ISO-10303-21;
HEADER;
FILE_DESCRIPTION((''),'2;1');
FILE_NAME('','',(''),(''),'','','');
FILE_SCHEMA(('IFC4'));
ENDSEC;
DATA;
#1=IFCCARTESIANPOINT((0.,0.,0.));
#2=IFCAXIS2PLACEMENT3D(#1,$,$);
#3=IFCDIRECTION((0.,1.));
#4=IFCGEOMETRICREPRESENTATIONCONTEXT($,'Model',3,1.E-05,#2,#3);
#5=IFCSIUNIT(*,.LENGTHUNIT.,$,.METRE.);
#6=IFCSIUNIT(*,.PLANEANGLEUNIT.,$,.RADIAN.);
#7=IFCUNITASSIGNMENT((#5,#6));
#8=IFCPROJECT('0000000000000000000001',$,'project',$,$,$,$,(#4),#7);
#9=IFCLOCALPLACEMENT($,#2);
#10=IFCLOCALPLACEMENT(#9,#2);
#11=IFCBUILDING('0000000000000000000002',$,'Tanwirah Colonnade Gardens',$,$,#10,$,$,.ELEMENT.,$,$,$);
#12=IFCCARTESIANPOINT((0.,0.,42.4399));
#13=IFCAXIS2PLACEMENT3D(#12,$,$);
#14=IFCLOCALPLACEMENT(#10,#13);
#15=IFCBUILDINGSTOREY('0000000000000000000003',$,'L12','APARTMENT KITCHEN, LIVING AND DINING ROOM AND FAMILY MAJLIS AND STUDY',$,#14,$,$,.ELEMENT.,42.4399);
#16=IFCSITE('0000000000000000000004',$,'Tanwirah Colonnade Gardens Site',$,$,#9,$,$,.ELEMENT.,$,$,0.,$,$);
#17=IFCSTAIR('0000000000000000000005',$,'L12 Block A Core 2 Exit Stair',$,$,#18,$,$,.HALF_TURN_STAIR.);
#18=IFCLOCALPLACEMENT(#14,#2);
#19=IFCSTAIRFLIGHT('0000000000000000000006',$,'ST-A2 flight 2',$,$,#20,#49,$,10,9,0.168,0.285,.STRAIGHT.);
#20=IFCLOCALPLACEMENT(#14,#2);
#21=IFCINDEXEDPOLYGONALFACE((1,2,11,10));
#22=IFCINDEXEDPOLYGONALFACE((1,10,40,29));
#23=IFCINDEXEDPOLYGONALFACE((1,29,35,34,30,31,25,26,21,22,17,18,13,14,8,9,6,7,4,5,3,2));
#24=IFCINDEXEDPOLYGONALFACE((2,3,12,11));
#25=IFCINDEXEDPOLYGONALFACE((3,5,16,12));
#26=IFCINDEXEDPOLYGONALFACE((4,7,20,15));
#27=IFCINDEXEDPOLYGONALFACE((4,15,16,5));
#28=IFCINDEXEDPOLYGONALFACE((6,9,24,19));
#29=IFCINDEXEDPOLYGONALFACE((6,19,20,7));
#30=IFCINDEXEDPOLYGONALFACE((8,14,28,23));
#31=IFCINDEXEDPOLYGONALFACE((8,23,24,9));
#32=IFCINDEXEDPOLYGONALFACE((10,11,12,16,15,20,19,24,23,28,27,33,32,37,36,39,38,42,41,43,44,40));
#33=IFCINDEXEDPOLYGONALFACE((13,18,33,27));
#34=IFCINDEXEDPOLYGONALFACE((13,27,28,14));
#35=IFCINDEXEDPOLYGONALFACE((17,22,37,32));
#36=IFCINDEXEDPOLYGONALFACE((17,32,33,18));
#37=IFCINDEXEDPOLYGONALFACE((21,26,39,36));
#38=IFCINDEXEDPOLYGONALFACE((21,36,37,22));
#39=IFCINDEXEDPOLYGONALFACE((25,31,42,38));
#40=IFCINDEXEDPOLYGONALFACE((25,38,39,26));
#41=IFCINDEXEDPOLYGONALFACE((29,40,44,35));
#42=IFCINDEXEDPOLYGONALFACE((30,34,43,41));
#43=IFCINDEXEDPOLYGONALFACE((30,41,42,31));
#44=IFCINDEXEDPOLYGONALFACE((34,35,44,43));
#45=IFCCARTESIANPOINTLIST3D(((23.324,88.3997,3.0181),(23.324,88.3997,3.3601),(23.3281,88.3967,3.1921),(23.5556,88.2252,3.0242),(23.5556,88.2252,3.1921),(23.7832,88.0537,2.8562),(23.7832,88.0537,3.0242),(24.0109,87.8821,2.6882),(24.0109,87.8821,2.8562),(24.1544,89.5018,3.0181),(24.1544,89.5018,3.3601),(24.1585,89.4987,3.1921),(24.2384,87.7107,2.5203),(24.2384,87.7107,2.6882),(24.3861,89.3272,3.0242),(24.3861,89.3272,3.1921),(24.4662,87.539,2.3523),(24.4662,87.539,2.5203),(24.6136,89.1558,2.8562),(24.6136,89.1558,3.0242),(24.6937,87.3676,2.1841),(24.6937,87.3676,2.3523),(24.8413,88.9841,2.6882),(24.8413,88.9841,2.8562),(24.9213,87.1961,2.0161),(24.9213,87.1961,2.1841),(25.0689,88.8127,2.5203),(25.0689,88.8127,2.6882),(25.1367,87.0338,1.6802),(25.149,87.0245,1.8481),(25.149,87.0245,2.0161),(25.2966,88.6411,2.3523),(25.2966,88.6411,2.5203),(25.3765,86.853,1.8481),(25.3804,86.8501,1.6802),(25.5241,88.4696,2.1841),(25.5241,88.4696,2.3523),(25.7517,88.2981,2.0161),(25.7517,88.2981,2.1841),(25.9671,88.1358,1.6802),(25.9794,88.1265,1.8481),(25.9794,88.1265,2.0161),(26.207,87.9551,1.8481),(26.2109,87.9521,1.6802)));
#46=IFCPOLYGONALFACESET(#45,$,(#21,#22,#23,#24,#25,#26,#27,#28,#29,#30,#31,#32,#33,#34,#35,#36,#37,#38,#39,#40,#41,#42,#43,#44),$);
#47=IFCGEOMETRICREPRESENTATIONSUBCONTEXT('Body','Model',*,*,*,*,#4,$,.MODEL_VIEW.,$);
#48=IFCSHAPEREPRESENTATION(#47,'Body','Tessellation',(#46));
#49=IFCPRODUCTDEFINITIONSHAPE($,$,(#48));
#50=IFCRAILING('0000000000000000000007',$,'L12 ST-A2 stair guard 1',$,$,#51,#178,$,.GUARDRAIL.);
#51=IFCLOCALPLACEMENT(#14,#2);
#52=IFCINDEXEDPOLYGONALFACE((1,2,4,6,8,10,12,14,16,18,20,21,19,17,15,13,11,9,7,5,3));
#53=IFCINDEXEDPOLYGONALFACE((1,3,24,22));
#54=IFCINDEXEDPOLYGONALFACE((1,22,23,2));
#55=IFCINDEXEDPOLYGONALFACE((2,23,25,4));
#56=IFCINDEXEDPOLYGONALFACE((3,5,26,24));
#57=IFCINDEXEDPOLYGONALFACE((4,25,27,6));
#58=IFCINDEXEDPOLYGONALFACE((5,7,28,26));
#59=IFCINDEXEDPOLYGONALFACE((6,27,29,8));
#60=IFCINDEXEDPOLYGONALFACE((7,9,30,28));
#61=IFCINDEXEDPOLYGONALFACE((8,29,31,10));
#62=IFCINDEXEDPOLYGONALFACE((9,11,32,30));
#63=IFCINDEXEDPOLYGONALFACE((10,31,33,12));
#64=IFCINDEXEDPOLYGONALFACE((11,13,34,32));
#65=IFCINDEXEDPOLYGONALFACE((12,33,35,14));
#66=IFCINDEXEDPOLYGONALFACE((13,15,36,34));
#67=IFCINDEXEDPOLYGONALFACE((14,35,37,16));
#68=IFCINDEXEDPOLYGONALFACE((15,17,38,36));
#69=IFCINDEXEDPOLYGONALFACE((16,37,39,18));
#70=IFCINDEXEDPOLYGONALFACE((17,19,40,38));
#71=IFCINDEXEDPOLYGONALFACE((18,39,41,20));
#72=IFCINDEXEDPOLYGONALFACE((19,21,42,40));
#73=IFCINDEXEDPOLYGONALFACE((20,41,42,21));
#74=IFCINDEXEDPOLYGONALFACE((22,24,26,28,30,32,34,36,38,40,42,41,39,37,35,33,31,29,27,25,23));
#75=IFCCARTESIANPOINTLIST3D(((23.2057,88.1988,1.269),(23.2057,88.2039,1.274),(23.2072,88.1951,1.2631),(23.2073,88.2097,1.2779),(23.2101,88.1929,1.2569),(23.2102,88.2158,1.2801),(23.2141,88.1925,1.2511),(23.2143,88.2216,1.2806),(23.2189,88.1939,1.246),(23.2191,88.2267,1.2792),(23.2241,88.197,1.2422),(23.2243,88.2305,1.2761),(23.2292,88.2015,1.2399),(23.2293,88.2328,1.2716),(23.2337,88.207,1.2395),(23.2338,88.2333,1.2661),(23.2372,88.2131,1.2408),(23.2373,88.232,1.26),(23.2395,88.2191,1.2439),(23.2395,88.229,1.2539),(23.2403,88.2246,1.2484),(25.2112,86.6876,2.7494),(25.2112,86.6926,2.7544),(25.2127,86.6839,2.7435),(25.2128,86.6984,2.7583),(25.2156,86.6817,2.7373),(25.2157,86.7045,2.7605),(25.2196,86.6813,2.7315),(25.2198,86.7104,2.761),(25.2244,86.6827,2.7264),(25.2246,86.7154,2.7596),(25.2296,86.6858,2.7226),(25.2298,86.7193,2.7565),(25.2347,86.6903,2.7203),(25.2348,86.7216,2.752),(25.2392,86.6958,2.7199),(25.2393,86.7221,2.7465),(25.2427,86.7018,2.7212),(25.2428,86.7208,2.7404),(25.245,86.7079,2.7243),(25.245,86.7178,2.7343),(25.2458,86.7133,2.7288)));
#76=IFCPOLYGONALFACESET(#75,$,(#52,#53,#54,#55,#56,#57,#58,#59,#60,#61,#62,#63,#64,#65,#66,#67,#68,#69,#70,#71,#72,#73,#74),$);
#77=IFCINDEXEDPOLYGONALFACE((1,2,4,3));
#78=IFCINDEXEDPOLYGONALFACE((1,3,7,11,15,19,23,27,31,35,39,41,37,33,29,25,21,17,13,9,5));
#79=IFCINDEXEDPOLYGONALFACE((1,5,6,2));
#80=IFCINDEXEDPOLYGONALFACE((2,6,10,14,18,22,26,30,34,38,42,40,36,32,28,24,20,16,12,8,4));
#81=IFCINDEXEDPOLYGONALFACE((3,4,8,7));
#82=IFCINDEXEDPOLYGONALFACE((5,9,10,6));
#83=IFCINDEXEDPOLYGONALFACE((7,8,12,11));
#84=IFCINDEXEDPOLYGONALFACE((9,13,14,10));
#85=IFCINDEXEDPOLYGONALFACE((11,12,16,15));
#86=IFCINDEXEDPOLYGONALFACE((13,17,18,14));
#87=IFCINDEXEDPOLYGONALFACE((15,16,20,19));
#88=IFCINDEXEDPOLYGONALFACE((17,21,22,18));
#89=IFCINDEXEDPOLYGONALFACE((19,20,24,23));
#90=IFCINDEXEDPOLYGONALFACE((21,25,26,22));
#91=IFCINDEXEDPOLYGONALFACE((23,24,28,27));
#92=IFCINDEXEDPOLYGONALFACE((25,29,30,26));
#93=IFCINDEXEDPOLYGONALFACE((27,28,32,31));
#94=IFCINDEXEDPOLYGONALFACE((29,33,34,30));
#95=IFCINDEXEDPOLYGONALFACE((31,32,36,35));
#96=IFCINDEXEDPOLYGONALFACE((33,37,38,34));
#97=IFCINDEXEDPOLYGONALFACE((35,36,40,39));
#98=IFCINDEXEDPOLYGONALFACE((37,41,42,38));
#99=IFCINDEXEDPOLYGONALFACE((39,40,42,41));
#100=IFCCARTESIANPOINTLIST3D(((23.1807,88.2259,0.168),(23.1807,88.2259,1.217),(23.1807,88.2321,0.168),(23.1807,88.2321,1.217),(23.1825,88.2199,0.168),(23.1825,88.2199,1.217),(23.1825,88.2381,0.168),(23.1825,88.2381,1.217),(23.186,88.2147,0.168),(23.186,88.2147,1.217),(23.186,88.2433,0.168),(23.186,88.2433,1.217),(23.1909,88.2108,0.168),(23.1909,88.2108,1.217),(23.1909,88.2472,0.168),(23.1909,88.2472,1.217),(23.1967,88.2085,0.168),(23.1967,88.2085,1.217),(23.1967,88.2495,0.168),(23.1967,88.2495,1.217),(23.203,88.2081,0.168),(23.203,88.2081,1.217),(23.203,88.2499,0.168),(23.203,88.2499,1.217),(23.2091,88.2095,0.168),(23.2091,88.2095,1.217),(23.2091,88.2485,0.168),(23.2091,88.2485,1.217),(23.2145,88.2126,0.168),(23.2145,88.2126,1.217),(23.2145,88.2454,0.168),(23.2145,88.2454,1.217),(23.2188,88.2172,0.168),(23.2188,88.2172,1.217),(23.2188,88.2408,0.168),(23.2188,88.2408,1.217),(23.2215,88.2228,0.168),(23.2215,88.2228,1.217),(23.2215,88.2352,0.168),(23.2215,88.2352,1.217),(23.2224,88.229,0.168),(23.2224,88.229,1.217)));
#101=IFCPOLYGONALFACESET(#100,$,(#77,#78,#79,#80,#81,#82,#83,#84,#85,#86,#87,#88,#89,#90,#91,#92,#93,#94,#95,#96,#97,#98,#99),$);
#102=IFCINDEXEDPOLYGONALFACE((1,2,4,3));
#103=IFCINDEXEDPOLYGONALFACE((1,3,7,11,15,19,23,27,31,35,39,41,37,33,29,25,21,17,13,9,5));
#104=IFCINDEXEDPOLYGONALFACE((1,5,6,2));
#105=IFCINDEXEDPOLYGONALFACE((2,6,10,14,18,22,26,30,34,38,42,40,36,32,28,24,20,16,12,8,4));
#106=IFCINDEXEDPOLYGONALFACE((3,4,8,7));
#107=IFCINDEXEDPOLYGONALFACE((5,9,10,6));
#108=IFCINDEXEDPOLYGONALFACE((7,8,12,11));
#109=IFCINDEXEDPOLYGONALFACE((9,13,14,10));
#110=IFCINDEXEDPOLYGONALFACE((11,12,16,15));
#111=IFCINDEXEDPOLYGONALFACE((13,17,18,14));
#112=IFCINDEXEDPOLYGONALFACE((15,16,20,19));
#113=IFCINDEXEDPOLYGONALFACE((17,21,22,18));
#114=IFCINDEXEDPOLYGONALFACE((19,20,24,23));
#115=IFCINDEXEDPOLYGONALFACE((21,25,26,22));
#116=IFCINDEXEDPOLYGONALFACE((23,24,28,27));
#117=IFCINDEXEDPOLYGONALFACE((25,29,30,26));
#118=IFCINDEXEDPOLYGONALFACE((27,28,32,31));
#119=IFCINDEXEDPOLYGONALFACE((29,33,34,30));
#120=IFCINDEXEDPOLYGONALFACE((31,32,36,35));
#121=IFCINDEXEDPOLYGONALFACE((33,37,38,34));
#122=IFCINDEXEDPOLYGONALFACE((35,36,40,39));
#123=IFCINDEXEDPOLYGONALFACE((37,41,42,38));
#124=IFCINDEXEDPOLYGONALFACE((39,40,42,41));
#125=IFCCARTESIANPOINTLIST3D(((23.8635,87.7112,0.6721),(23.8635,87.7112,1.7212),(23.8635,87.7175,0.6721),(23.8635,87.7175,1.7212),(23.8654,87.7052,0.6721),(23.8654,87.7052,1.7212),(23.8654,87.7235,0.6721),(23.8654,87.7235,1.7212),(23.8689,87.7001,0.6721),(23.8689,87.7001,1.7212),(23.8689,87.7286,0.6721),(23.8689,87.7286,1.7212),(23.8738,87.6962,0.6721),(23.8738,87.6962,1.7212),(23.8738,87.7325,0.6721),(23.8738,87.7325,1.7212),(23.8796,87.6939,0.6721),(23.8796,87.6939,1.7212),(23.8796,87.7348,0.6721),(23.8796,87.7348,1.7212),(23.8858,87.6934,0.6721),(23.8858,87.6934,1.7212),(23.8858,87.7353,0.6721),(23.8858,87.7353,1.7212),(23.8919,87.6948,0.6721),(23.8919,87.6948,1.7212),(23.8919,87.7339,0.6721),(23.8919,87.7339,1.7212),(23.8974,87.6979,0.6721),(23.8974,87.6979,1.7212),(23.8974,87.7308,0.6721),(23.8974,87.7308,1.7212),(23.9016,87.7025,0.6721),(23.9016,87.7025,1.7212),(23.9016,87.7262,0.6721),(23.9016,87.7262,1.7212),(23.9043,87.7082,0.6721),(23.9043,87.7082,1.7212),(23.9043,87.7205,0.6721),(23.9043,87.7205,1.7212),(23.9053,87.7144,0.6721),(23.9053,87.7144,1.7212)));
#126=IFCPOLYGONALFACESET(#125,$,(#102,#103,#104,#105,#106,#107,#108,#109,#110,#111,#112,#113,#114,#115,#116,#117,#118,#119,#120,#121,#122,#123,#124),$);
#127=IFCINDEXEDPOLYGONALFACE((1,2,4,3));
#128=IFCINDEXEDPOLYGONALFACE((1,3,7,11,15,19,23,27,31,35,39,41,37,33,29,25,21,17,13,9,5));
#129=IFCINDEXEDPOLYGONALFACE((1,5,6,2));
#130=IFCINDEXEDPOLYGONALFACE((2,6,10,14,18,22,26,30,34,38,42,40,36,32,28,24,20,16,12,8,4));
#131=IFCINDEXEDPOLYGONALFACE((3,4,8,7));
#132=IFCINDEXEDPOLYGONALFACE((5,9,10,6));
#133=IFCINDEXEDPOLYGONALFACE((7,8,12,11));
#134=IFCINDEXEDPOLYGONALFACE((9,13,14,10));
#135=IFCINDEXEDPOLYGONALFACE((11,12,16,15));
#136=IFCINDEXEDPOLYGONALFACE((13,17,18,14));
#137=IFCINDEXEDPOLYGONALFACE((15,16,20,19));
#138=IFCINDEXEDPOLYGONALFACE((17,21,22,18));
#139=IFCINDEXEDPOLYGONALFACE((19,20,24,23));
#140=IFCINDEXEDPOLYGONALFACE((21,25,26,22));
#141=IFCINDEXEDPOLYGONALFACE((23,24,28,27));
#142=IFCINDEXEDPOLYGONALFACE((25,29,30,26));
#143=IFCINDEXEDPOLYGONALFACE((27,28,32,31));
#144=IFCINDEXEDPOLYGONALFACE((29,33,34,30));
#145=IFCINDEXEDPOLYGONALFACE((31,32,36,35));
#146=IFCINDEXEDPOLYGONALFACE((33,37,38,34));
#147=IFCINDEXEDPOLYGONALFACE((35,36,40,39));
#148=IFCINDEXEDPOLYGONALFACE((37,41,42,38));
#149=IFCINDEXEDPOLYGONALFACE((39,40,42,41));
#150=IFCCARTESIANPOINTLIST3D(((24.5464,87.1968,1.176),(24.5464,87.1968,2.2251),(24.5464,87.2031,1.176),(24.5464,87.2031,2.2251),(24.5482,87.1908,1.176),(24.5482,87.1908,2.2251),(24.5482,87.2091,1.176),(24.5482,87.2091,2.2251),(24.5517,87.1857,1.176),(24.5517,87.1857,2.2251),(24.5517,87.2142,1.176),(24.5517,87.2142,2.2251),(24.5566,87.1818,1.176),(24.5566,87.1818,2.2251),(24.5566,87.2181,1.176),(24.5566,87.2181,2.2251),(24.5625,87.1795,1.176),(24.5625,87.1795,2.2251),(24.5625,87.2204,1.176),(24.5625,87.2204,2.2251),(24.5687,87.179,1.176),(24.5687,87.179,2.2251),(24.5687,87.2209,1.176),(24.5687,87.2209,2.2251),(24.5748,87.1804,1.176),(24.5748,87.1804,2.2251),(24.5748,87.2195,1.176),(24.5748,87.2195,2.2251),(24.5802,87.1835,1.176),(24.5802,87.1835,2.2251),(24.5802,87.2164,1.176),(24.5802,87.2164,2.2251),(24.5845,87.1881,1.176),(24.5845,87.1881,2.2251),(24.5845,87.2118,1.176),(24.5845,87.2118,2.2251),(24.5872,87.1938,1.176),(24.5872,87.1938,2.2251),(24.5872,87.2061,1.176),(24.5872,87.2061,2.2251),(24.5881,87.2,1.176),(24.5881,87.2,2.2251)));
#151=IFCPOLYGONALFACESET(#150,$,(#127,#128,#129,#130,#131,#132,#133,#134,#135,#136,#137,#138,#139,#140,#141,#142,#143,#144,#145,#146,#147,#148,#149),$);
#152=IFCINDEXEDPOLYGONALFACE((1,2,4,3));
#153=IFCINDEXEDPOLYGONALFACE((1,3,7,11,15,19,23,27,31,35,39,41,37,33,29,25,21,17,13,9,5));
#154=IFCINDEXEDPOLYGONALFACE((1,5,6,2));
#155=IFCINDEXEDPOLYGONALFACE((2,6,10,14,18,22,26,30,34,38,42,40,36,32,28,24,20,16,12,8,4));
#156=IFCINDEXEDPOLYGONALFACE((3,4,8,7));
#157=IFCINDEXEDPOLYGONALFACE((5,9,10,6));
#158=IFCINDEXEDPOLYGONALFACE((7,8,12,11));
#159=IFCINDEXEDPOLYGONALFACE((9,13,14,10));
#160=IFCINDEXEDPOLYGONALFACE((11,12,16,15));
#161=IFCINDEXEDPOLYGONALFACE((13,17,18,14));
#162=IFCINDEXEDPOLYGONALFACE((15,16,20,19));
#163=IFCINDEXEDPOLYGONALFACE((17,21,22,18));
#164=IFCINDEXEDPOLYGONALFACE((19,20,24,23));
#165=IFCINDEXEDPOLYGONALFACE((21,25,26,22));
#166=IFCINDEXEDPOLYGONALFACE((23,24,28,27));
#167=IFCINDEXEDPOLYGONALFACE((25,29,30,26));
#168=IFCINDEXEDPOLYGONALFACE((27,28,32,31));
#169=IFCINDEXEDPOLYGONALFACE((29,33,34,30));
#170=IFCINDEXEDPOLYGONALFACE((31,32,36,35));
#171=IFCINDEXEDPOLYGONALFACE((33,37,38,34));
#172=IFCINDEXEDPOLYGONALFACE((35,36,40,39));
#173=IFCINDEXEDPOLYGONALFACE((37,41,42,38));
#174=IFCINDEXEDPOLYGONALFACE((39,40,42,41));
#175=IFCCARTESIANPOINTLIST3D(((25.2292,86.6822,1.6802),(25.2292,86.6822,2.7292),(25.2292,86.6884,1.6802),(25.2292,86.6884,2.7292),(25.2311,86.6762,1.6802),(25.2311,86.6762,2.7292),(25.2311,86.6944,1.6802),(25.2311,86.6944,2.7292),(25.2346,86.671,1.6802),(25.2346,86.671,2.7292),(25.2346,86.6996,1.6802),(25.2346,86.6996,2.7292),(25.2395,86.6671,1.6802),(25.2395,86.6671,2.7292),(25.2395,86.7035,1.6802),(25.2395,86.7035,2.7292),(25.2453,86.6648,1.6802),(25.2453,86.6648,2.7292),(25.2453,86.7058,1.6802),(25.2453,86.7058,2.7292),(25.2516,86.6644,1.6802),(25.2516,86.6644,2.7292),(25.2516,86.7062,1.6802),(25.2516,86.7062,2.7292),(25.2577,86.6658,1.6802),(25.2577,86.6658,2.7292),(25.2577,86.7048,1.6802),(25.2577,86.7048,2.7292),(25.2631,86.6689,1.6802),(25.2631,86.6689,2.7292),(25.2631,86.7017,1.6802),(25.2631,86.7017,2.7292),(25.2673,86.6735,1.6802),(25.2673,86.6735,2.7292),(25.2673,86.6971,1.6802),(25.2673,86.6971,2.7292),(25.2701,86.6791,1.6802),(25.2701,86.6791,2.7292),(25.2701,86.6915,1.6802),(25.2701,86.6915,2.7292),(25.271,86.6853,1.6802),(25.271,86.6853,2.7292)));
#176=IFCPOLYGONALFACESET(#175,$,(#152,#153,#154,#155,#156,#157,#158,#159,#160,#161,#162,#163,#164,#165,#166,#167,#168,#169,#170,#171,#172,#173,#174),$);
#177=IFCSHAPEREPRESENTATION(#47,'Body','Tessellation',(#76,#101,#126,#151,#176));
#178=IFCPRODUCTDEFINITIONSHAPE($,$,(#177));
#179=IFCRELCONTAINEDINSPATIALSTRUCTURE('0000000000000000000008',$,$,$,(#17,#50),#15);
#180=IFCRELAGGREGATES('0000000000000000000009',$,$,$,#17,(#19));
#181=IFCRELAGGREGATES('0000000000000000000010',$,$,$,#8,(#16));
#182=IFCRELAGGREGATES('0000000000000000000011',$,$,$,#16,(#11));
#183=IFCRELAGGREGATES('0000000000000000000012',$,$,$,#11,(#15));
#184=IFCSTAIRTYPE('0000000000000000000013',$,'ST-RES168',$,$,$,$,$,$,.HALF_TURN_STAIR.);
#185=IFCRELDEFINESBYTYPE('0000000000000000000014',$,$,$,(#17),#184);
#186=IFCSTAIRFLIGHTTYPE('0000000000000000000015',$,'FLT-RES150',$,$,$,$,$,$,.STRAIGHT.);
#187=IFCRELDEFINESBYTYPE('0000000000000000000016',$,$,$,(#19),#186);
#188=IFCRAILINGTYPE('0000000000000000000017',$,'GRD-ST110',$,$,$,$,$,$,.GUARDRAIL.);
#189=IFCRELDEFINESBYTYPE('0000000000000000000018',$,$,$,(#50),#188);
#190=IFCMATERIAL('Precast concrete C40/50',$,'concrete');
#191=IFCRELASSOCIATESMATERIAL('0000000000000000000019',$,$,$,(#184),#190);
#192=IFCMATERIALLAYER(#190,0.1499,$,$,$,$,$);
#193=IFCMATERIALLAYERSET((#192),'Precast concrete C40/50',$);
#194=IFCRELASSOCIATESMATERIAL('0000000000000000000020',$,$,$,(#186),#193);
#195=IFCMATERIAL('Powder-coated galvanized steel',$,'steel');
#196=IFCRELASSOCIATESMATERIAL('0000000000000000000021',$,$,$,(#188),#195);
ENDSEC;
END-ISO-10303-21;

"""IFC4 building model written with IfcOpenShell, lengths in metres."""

from ifc_helpers import new_model, si_unit, direction, frame, origin, origin_2d, place, context, subcontext, project, spatial, polyline, circle, outline, extrude, material, layer, layer_set, type_object, element, aggregate, save


model = new_model("IFC4")

# Units and contexts
model_context = context("Model", 3, precision=1e-05, world=origin(), true_north=direction((0.0, 1.0)))
body_context = subcontext(model_context, "Body", "Model", "MODEL_VIEW")
ifc_project = project(units=[si_unit("LENGTHUNIT", "METRE"), si_unit("PLANEANGLEUNIT", "RADIAN")], contexts=[model_context])

# Site, building, storey
site_placement = place(None, origin())
site = spatial("IfcSite", under=ifc_project, at=site_placement, Name="Tanwirah Colonnade Gardens Site", CompositionType="ELEMENT", RefElevation=0.0)
building_placement = place(site_placement, origin())
building = spatial("IfcBuilding", under=site, at=building_placement, Name="Tanwirah Colonnade Gardens", CompositionType="ELEMENT")
storey_placement = place(building_placement, frame((0.0, 0.0, 42.4399)))
storey = spatial("IfcBuildingStorey", under=building, at=storey_placement, Name="L12", Description="APARTMENT KITCHEN, LIVING AND DINING ROOM AND FAMILY MAJLIS AND STUDY", CompositionType="ELEMENT", Elevation=42.4399)

# Shared definitions
ifc_material_1 = material(Name="Precast concrete C40/50", Category="concrete")

# Stair, stair flight
stair_type = type_object("IfcStairType", Name="ST-RES168", PredefinedType="HALF_TURN_STAIR", material=ifc_material_1)
stair_placement = place(storey_placement, origin())
stair = element("IfcStair", 1, at=stair_placement, inside=storey, type_object=stair_type, Name="L12 Block A Core 2 Exit Stair", PredefinedType="HALF_TURN_STAIR")
ifc_layer_1 = layer(ifc_material_1, 0.1499)
ifc_layer_set_1 = layer_set([ifc_layer_1], Name="Precast concrete C40/50")
stair_flight_type = type_object("IfcStairFlightType", Name="FLT-RES150", PredefinedType="STRAIGHT", material=ifc_layer_set_1)
stair_flight_1_placement = place(storey_placement, frame((25.7917, 87.4041, 1.6802), z_axis=(0.0, 0.0, 1.0), x_axis=(-0.798636, 0.601815, 0.0)))
stair_flight_1 = element("IfcStairFlight", 2, at=stair_flight_1_placement, type_object=stair_flight_type, Name="ST-A2 flight 2", NumberOfRisers=10, NumberOfTreads=9, PredefinedType="STRAIGHT", RiserHeight=0.168, TreadLength=0.285, context=body_context, shape_type="SweptSolid", body=[
    extrude(outline(polyline([(-0.0049, 0.0), (0.0, 0.168), (0.2849, 0.168), (0.2849, 0.3359), (0.5701, 0.3359), (0.5701, 0.5039), (0.855, 0.5039), (0.855, 0.6721), (1.1399, 0.6721), (1.1399, 0.8401), (1.425, 0.8401), (1.425, 1.0081), (1.71, 1.0081), (1.71, 1.176), (1.9951, 1.176), (1.9951, 1.344), (2.28, 1.344), (2.28, 1.512), (2.5649, 1.512), (2.5701, 1.6799), (2.5701, 1.3379), (0.3003, 0.0), (-0.0049, 0.0)])), frame((0.0, 0.6899, 0.0), z_axis=(0.0, -1.0, 0.0), x_axis=(1.0, 0.0, 0.0)), (0.0, 0.0, 1.0), 1.3799),
])
aggregate(stair, [stair_flight_1])

# Railing
ifc_material_2 = material(Name="Powder-coated galvanized steel", Category="steel")
railing_type_1 = type_object("IfcRailingType", Name="GRD-ST110", PredefinedType="GUARDRAIL", material=ifc_material_2)
railing_1_placement = place(storey_placement, frame((23.2014, 88.229, 0.168)))
element("IfcRailing", 3, at=railing_1_placement, inside=storey, type_object=railing_type_1, Name="L12 ST-A2 stair guard 1", PredefinedType="GUARDRAIL", context=body_context, shape_type="SweptSolid", body=[
    extrude(circle(Radius=0.0239, at=origin_2d()), frame((0.0215, -0.0161, 1.092), z_axis=(0.687984, -0.518427, 0.50785), x_axis=(0.601811, 0.798639, 0.0)), (0.0, 0.0, 1.0), 2.915),
    extrude(circle(Radius=0.021, at=origin_2d()), origin(), (0.0, 0.0, 1.0), 1.0491),
    extrude(circle(Radius=0.021, at=origin_2d()), frame((0.6829, -0.5146, 0.5042)), (0.0, 0.0, 1.0), 1.0491),
    extrude(circle(Radius=0.021, at=origin_2d()), frame((1.3657, -1.0291, 1.0081)), (0.0, 0.0, 1.0), 1.0491),
    extrude(circle(Radius=0.021, at=origin_2d()), frame((2.0486, -1.5437, 1.5122)), (0.0, 0.0, 1.0), 1.0491),
])

save(model, "model.ifc")
